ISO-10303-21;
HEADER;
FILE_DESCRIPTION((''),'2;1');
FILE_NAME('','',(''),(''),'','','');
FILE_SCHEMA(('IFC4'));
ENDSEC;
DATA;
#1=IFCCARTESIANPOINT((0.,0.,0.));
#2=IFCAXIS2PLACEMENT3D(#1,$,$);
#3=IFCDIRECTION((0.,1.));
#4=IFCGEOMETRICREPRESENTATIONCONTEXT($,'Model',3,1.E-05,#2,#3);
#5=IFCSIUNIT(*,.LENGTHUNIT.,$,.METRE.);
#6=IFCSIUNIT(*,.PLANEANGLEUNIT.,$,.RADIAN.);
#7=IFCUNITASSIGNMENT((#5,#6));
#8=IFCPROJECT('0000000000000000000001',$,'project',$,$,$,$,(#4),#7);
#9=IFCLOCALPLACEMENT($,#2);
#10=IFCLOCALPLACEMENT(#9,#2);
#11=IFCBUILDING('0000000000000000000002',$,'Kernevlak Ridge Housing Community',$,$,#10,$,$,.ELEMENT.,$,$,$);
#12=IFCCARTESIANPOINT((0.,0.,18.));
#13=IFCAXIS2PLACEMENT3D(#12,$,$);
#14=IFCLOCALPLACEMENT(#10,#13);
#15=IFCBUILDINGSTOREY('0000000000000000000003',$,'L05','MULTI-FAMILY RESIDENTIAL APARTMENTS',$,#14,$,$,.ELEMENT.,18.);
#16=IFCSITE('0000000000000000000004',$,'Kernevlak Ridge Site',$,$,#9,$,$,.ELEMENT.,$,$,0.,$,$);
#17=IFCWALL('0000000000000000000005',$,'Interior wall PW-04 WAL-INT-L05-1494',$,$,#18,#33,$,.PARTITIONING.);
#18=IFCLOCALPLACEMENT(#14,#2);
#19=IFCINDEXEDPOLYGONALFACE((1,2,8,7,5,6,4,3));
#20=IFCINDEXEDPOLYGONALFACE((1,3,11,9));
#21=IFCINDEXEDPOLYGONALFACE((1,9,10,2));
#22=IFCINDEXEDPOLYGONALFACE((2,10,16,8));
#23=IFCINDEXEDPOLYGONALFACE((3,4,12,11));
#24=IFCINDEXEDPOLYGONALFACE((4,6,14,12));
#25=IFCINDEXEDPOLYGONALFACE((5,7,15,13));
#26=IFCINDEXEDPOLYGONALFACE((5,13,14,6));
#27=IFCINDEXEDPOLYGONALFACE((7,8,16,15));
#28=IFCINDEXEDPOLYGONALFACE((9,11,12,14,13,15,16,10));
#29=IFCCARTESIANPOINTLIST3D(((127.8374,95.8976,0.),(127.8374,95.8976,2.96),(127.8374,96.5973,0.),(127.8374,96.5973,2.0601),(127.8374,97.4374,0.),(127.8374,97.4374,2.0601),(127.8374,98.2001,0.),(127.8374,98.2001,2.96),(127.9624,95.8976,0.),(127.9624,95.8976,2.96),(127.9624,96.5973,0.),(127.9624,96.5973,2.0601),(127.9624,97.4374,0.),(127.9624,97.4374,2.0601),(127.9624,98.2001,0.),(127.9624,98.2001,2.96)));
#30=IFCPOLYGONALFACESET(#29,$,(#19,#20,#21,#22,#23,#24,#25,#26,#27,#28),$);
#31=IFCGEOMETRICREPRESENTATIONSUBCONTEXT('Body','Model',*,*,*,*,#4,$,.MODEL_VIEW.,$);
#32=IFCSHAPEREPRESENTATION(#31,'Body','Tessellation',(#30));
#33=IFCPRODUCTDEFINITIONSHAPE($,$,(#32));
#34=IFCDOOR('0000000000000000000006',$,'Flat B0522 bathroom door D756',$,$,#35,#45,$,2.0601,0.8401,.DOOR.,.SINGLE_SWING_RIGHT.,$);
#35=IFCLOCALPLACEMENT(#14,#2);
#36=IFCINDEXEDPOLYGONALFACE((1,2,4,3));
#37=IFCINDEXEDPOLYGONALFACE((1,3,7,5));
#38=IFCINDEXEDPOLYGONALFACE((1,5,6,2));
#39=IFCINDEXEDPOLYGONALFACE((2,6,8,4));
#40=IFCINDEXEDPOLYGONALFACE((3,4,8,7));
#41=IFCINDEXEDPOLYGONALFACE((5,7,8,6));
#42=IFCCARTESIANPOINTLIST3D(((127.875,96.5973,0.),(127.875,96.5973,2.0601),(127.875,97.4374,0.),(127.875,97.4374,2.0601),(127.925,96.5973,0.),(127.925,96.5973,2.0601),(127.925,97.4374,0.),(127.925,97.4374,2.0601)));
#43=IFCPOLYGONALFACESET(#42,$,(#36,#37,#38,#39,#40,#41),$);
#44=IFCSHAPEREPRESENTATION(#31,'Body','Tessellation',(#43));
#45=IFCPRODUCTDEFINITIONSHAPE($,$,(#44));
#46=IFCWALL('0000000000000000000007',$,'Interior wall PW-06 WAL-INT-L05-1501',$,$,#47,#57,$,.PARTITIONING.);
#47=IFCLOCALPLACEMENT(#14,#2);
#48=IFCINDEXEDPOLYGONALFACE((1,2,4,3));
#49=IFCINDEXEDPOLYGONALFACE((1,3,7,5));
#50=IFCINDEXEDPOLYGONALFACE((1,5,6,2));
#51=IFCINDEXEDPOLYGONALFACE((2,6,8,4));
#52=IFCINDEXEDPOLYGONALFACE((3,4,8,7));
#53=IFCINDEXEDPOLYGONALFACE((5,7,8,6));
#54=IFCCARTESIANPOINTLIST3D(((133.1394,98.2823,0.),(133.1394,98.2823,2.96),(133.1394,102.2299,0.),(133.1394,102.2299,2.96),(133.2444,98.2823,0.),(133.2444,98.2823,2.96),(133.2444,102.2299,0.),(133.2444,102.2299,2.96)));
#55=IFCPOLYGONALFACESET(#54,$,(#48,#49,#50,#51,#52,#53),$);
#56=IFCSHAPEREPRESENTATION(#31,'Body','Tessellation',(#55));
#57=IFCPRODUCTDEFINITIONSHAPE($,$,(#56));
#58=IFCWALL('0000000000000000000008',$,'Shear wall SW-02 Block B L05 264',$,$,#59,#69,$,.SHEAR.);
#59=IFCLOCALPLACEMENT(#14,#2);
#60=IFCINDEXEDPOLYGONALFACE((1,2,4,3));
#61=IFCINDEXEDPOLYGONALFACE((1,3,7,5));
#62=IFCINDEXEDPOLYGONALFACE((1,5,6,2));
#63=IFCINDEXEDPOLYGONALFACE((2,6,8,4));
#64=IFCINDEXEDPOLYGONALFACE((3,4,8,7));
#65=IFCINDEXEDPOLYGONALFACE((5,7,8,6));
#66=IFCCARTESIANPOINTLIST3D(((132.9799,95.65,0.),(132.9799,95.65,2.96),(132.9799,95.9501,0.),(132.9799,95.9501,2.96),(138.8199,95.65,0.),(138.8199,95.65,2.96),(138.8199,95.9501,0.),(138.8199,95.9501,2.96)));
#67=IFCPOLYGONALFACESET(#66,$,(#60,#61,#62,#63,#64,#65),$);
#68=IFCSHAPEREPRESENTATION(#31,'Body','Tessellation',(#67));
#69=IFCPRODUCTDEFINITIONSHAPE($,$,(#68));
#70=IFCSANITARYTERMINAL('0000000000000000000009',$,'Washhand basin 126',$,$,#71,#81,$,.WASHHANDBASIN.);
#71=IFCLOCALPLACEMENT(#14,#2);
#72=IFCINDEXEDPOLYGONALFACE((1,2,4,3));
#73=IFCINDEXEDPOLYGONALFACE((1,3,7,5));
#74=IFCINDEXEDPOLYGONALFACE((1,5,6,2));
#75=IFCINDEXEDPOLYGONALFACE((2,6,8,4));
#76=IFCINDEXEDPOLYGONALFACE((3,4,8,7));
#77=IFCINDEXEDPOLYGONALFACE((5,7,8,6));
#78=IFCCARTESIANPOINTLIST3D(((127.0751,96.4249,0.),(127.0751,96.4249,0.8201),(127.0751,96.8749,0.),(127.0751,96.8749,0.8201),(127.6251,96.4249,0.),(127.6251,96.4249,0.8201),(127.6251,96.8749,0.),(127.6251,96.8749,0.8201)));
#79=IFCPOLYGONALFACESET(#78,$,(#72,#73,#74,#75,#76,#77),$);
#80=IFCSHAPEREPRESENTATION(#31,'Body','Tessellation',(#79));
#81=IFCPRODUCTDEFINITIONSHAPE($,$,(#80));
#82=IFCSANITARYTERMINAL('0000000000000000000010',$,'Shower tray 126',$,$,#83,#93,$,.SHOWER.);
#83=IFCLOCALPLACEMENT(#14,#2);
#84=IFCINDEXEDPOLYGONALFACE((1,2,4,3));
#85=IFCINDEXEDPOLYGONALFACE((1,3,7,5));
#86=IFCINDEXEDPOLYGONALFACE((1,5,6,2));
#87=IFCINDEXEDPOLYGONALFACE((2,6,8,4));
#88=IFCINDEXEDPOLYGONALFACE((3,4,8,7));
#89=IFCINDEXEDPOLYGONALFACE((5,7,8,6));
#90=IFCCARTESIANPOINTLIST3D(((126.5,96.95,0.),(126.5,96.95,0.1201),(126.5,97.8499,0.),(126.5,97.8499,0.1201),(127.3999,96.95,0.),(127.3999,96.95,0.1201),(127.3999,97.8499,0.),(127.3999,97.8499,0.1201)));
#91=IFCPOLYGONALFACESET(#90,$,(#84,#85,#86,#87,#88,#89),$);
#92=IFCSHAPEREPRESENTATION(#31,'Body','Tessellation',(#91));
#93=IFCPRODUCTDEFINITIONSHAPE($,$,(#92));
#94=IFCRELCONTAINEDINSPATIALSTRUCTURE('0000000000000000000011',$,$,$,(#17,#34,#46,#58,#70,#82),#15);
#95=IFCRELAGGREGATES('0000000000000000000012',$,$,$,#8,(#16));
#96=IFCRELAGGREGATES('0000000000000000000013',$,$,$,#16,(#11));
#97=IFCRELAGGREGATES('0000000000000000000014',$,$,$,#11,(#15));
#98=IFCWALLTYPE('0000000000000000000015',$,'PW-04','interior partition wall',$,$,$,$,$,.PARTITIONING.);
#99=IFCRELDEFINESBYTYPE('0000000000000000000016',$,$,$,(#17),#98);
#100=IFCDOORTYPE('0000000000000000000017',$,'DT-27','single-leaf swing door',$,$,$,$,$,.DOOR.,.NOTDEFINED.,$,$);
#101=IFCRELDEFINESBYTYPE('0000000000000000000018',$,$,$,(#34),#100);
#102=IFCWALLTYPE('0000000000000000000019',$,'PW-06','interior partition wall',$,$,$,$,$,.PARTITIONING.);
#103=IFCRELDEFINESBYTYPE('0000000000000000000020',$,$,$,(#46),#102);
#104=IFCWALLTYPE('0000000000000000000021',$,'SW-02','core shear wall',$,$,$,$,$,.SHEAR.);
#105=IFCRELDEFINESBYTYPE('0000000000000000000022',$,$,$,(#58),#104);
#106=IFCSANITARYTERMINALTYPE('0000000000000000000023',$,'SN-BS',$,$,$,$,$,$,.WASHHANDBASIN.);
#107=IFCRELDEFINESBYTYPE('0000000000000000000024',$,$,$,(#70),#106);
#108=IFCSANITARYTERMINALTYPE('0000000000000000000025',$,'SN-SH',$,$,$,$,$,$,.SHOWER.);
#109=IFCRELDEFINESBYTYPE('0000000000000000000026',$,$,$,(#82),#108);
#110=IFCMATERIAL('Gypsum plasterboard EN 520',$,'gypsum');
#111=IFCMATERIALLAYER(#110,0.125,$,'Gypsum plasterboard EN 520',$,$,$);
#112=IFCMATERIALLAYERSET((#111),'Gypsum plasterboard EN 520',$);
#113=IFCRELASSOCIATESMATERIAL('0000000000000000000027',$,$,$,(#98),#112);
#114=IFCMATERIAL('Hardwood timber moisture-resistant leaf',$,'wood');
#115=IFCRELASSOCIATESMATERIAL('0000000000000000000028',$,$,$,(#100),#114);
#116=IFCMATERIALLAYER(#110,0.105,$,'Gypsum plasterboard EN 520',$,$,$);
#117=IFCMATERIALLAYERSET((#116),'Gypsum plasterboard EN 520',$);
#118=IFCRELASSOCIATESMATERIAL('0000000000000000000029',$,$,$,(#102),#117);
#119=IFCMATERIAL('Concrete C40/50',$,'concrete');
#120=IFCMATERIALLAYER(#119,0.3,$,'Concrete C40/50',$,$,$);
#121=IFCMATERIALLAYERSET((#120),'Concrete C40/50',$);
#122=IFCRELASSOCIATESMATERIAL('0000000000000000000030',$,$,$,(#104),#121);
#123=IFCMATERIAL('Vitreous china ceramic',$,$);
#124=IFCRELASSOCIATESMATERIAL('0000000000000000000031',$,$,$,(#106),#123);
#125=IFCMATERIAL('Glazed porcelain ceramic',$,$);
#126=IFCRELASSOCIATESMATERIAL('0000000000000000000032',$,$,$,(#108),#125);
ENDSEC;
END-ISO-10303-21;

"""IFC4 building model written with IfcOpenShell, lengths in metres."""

from ifc_helpers import new_model, si_unit, direction, frame, frame_2d, origin, origin_2d, place, context, subcontext, project, spatial, rectangle, extrude, material, layer, layer_set, type_object, element, fill, save


model = new_model("IFC4")

# Units and contexts
model_context = context("Model", 3, precision=1e-05, world=origin(), true_north=direction((0.0, 1.0)))
body_context = subcontext(model_context, "Body", "Model", "MODEL_VIEW")
ifc_project = project(units=[si_unit("LENGTHUNIT", "METRE"), si_unit("PLANEANGLEUNIT", "RADIAN")], contexts=[model_context])

# Site, building, storey
site_placement = place(None, origin())
site = spatial("IfcSite", under=ifc_project, at=site_placement, Name="Kernevlak Ridge Site", CompositionType="ELEMENT", RefElevation=0.0)
building_placement = place(site_placement, origin())
building = spatial("IfcBuilding", under=site, at=building_placement, Name="Kernevlak Ridge Housing Community", CompositionType="ELEMENT")
storey_placement = place(building_placement, frame((0.0, 0.0, 18.0)))
storey = spatial("IfcBuildingStorey", under=building, at=storey_placement, Name="L05", Description="MULTI-FAMILY RESIDENTIAL APARTMENTS", CompositionType="ELEMENT", Elevation=18.0)

# Shared definitions
ifc_material_1 = material(Name="Concrete C40/50", Category="concrete")

# Wall, opening, door
ifc_material_2 = material(Name="Gypsum plasterboard EN 520", Category="gypsum")
ifc_layer_1 = layer(ifc_material_2, 0.125, Name="Gypsum plasterboard EN 520")
ifc_layer_set_1 = layer_set([ifc_layer_1], Name="Gypsum plasterboard EN 520")
wall_type_1 = type_object("IfcWallType", Name="PW-04", Description="interior partition wall", PredefinedType="PARTITIONING", material=ifc_layer_set_1)
wall_1_placement = place(storey_placement, frame((127.8999, 95.8975, 0.0), z_axis=(0.0, 0.0, 1.0), x_axis=(0.0, 1.0, 0.0)))
wall_1 = element("IfcWall", 1, at=wall_1_placement, inside=storey, type_object=wall_type_1, Name="Interior wall PW-04 WAL-INT-L05-1494", PredefinedType="PARTITIONING", context=body_context, shape_type="SweptSolid", body=[
    extrude(rectangle(XDim=2.3025, YDim=0.125, at=frame_2d((1.1514, 0.0))), origin(), (0.0, 0.0, 1.0), 2.96),
])
opening_1_placement = place(wall_1_placement, frame((0.7, 0.0, 0.0)))
opening_1 = element("IfcOpeningElement", 2, at=opening_1_placement, cuts=wall_1, PredefinedType="OPENING", context=body_context, shape_type="SweptSolid", body=[
    extrude(rectangle(XDim=0.8401, YDim=2.0601, at=frame_2d((0.4199, 1.03))), frame((0.0, 0.0725, 0.0), z_axis=(0.0, -1.0, 0.0), x_axis=(1.0, 0.0, 0.0)), (0.0, 0.0, 1.0), 0.145),
])
ifc_material_3 = material(Name="Hardwood timber moisture-resistant leaf", Category="wood")
door_type_1 = type_object("IfcDoorType", Name="DT-27", Description="single-leaf swing door", OperationType="NOTDEFINED", PredefinedType="DOOR", material=ifc_material_3)
door_1_placement = place(opening_1_placement, origin())
door_1 = element("IfcDoor", 3, at=door_1_placement, inside=storey, type_object=door_type_1, Name="Flat B0522 bathroom door D756", OperationType="SINGLE_SWING_RIGHT", OverallHeight=2.0601, OverallWidth=0.8401, PredefinedType="DOOR", context=body_context, shape_type="SweptSolid", body=[
    extrude(rectangle(XDim=0.8401, YDim=2.0601, at=frame_2d((0.4199, 1.03))), frame((0.0, 0.0249, 0.0), z_axis=(0.0, -1.0, 0.0), x_axis=(1.0, 0.0, 0.0)), (0.0, 0.0, 1.0), 0.05),
])
fill(opening_1, door_1)

# Walls
ifc_layer_2 = layer(ifc_material_2, 0.105, Name="Gypsum plasterboard EN 520")
ifc_layer_set_2 = layer_set([ifc_layer_2], Name="Gypsum plasterboard EN 520")
wall_type_2 = type_object("IfcWallType", Name="PW-06", Description="interior partition wall", PredefinedType="PARTITIONING", material=ifc_layer_set_2)
wall_2_placement = place(storey_placement, frame((133.1919, 98.2825, 0.0), z_axis=(0.0, 0.0, 1.0), x_axis=(0.0, 1.0, 0.0)))
element("IfcWall", 4, at=wall_2_placement, inside=storey, type_object=wall_type_2, Name="Interior wall PW-06 WAL-INT-L05-1501", PredefinedType="PARTITIONING", context=body_context, shape_type="SweptSolid", body=[
    extrude(rectangle(XDim=3.9475, YDim=0.105, at=frame_2d((1.9736, 0.0))), origin(), (0.0, 0.0, 1.0), 2.96),
])
ifc_layer_3 = layer(ifc_material_1, 0.3, Name="Concrete C40/50")
ifc_layer_set_3 = layer_set([ifc_layer_3], Name="Concrete C40/50")
wall_type_3 = type_object("IfcWallType", Name="SW-02", Description="core shear wall", PredefinedType="SHEAR", material=ifc_layer_set_3)
wall_3_placement = place(storey_placement, frame((132.98, 95.8, 0.0), z_axis=(0.0, 0.0, 1.0), x_axis=(1.0, 0.0, 0.0)))
element("IfcWall", 5, at=wall_3_placement, inside=storey, type_object=wall_type_3, Name="Shear wall SW-02 Block B L05 264", PredefinedType="SHEAR", context=body_context, shape_type="SweptSolid", body=[
    extrude(rectangle(XDim=5.8401, YDim=0.3, at=frame_2d((2.9199, 0.0))), origin(), (0.0, 0.0, 1.0), 2.96),
])

# Sanitary terminals
ifc_material_4 = material(Name="Vitreous china ceramic")
sanitary_terminal_type_1 = type_object("IfcSanitaryTerminalType", Name="SN-BS", PredefinedType="WASHHANDBASIN", material=ifc_material_4)
sanitary_terminal_1_placement = place(storey_placement, frame((127.3501, 96.6499, 0.0), z_axis=(0.0, 0.0, 1.0), x_axis=(1.0, 0.0, 0.0)))
element("IfcSanitaryTerminal", 6, at=sanitary_terminal_1_placement, inside=storey, type_object=sanitary_terminal_type_1, Name="Washhand basin 126", PredefinedType="WASHHANDBASIN", context=body_context, shape_type="SweptSolid", body=[
    extrude(rectangle(XDim=0.55, YDim=0.45, at=origin_2d()), origin(), (0.0, 0.0, 1.0), 0.8201),
])
ifc_material_5 = material(Name="Glazed porcelain ceramic")
sanitary_terminal_type_2 = type_object("IfcSanitaryTerminalType", Name="SN-SH", PredefinedType="SHOWER", material=ifc_material_5)
sanitary_terminal_2_placement = place(storey_placement, frame((126.95, 97.3999, 0.0), z_axis=(0.0, 0.0, 1.0), x_axis=(1.0, 0.0, 0.0)))
element("IfcSanitaryTerminal", 7, at=sanitary_terminal_2_placement, inside=storey, type_object=sanitary_terminal_type_2, Name="Shower tray 126", PredefinedType="SHOWER", context=body_context, shape_type="SweptSolid", body=[
    extrude(rectangle(XDim=0.8999, YDim=0.8999, at=origin_2d()), origin(), (0.0, 0.0, 1.0), 0.1201),
])

save(model, "model.ifc")
